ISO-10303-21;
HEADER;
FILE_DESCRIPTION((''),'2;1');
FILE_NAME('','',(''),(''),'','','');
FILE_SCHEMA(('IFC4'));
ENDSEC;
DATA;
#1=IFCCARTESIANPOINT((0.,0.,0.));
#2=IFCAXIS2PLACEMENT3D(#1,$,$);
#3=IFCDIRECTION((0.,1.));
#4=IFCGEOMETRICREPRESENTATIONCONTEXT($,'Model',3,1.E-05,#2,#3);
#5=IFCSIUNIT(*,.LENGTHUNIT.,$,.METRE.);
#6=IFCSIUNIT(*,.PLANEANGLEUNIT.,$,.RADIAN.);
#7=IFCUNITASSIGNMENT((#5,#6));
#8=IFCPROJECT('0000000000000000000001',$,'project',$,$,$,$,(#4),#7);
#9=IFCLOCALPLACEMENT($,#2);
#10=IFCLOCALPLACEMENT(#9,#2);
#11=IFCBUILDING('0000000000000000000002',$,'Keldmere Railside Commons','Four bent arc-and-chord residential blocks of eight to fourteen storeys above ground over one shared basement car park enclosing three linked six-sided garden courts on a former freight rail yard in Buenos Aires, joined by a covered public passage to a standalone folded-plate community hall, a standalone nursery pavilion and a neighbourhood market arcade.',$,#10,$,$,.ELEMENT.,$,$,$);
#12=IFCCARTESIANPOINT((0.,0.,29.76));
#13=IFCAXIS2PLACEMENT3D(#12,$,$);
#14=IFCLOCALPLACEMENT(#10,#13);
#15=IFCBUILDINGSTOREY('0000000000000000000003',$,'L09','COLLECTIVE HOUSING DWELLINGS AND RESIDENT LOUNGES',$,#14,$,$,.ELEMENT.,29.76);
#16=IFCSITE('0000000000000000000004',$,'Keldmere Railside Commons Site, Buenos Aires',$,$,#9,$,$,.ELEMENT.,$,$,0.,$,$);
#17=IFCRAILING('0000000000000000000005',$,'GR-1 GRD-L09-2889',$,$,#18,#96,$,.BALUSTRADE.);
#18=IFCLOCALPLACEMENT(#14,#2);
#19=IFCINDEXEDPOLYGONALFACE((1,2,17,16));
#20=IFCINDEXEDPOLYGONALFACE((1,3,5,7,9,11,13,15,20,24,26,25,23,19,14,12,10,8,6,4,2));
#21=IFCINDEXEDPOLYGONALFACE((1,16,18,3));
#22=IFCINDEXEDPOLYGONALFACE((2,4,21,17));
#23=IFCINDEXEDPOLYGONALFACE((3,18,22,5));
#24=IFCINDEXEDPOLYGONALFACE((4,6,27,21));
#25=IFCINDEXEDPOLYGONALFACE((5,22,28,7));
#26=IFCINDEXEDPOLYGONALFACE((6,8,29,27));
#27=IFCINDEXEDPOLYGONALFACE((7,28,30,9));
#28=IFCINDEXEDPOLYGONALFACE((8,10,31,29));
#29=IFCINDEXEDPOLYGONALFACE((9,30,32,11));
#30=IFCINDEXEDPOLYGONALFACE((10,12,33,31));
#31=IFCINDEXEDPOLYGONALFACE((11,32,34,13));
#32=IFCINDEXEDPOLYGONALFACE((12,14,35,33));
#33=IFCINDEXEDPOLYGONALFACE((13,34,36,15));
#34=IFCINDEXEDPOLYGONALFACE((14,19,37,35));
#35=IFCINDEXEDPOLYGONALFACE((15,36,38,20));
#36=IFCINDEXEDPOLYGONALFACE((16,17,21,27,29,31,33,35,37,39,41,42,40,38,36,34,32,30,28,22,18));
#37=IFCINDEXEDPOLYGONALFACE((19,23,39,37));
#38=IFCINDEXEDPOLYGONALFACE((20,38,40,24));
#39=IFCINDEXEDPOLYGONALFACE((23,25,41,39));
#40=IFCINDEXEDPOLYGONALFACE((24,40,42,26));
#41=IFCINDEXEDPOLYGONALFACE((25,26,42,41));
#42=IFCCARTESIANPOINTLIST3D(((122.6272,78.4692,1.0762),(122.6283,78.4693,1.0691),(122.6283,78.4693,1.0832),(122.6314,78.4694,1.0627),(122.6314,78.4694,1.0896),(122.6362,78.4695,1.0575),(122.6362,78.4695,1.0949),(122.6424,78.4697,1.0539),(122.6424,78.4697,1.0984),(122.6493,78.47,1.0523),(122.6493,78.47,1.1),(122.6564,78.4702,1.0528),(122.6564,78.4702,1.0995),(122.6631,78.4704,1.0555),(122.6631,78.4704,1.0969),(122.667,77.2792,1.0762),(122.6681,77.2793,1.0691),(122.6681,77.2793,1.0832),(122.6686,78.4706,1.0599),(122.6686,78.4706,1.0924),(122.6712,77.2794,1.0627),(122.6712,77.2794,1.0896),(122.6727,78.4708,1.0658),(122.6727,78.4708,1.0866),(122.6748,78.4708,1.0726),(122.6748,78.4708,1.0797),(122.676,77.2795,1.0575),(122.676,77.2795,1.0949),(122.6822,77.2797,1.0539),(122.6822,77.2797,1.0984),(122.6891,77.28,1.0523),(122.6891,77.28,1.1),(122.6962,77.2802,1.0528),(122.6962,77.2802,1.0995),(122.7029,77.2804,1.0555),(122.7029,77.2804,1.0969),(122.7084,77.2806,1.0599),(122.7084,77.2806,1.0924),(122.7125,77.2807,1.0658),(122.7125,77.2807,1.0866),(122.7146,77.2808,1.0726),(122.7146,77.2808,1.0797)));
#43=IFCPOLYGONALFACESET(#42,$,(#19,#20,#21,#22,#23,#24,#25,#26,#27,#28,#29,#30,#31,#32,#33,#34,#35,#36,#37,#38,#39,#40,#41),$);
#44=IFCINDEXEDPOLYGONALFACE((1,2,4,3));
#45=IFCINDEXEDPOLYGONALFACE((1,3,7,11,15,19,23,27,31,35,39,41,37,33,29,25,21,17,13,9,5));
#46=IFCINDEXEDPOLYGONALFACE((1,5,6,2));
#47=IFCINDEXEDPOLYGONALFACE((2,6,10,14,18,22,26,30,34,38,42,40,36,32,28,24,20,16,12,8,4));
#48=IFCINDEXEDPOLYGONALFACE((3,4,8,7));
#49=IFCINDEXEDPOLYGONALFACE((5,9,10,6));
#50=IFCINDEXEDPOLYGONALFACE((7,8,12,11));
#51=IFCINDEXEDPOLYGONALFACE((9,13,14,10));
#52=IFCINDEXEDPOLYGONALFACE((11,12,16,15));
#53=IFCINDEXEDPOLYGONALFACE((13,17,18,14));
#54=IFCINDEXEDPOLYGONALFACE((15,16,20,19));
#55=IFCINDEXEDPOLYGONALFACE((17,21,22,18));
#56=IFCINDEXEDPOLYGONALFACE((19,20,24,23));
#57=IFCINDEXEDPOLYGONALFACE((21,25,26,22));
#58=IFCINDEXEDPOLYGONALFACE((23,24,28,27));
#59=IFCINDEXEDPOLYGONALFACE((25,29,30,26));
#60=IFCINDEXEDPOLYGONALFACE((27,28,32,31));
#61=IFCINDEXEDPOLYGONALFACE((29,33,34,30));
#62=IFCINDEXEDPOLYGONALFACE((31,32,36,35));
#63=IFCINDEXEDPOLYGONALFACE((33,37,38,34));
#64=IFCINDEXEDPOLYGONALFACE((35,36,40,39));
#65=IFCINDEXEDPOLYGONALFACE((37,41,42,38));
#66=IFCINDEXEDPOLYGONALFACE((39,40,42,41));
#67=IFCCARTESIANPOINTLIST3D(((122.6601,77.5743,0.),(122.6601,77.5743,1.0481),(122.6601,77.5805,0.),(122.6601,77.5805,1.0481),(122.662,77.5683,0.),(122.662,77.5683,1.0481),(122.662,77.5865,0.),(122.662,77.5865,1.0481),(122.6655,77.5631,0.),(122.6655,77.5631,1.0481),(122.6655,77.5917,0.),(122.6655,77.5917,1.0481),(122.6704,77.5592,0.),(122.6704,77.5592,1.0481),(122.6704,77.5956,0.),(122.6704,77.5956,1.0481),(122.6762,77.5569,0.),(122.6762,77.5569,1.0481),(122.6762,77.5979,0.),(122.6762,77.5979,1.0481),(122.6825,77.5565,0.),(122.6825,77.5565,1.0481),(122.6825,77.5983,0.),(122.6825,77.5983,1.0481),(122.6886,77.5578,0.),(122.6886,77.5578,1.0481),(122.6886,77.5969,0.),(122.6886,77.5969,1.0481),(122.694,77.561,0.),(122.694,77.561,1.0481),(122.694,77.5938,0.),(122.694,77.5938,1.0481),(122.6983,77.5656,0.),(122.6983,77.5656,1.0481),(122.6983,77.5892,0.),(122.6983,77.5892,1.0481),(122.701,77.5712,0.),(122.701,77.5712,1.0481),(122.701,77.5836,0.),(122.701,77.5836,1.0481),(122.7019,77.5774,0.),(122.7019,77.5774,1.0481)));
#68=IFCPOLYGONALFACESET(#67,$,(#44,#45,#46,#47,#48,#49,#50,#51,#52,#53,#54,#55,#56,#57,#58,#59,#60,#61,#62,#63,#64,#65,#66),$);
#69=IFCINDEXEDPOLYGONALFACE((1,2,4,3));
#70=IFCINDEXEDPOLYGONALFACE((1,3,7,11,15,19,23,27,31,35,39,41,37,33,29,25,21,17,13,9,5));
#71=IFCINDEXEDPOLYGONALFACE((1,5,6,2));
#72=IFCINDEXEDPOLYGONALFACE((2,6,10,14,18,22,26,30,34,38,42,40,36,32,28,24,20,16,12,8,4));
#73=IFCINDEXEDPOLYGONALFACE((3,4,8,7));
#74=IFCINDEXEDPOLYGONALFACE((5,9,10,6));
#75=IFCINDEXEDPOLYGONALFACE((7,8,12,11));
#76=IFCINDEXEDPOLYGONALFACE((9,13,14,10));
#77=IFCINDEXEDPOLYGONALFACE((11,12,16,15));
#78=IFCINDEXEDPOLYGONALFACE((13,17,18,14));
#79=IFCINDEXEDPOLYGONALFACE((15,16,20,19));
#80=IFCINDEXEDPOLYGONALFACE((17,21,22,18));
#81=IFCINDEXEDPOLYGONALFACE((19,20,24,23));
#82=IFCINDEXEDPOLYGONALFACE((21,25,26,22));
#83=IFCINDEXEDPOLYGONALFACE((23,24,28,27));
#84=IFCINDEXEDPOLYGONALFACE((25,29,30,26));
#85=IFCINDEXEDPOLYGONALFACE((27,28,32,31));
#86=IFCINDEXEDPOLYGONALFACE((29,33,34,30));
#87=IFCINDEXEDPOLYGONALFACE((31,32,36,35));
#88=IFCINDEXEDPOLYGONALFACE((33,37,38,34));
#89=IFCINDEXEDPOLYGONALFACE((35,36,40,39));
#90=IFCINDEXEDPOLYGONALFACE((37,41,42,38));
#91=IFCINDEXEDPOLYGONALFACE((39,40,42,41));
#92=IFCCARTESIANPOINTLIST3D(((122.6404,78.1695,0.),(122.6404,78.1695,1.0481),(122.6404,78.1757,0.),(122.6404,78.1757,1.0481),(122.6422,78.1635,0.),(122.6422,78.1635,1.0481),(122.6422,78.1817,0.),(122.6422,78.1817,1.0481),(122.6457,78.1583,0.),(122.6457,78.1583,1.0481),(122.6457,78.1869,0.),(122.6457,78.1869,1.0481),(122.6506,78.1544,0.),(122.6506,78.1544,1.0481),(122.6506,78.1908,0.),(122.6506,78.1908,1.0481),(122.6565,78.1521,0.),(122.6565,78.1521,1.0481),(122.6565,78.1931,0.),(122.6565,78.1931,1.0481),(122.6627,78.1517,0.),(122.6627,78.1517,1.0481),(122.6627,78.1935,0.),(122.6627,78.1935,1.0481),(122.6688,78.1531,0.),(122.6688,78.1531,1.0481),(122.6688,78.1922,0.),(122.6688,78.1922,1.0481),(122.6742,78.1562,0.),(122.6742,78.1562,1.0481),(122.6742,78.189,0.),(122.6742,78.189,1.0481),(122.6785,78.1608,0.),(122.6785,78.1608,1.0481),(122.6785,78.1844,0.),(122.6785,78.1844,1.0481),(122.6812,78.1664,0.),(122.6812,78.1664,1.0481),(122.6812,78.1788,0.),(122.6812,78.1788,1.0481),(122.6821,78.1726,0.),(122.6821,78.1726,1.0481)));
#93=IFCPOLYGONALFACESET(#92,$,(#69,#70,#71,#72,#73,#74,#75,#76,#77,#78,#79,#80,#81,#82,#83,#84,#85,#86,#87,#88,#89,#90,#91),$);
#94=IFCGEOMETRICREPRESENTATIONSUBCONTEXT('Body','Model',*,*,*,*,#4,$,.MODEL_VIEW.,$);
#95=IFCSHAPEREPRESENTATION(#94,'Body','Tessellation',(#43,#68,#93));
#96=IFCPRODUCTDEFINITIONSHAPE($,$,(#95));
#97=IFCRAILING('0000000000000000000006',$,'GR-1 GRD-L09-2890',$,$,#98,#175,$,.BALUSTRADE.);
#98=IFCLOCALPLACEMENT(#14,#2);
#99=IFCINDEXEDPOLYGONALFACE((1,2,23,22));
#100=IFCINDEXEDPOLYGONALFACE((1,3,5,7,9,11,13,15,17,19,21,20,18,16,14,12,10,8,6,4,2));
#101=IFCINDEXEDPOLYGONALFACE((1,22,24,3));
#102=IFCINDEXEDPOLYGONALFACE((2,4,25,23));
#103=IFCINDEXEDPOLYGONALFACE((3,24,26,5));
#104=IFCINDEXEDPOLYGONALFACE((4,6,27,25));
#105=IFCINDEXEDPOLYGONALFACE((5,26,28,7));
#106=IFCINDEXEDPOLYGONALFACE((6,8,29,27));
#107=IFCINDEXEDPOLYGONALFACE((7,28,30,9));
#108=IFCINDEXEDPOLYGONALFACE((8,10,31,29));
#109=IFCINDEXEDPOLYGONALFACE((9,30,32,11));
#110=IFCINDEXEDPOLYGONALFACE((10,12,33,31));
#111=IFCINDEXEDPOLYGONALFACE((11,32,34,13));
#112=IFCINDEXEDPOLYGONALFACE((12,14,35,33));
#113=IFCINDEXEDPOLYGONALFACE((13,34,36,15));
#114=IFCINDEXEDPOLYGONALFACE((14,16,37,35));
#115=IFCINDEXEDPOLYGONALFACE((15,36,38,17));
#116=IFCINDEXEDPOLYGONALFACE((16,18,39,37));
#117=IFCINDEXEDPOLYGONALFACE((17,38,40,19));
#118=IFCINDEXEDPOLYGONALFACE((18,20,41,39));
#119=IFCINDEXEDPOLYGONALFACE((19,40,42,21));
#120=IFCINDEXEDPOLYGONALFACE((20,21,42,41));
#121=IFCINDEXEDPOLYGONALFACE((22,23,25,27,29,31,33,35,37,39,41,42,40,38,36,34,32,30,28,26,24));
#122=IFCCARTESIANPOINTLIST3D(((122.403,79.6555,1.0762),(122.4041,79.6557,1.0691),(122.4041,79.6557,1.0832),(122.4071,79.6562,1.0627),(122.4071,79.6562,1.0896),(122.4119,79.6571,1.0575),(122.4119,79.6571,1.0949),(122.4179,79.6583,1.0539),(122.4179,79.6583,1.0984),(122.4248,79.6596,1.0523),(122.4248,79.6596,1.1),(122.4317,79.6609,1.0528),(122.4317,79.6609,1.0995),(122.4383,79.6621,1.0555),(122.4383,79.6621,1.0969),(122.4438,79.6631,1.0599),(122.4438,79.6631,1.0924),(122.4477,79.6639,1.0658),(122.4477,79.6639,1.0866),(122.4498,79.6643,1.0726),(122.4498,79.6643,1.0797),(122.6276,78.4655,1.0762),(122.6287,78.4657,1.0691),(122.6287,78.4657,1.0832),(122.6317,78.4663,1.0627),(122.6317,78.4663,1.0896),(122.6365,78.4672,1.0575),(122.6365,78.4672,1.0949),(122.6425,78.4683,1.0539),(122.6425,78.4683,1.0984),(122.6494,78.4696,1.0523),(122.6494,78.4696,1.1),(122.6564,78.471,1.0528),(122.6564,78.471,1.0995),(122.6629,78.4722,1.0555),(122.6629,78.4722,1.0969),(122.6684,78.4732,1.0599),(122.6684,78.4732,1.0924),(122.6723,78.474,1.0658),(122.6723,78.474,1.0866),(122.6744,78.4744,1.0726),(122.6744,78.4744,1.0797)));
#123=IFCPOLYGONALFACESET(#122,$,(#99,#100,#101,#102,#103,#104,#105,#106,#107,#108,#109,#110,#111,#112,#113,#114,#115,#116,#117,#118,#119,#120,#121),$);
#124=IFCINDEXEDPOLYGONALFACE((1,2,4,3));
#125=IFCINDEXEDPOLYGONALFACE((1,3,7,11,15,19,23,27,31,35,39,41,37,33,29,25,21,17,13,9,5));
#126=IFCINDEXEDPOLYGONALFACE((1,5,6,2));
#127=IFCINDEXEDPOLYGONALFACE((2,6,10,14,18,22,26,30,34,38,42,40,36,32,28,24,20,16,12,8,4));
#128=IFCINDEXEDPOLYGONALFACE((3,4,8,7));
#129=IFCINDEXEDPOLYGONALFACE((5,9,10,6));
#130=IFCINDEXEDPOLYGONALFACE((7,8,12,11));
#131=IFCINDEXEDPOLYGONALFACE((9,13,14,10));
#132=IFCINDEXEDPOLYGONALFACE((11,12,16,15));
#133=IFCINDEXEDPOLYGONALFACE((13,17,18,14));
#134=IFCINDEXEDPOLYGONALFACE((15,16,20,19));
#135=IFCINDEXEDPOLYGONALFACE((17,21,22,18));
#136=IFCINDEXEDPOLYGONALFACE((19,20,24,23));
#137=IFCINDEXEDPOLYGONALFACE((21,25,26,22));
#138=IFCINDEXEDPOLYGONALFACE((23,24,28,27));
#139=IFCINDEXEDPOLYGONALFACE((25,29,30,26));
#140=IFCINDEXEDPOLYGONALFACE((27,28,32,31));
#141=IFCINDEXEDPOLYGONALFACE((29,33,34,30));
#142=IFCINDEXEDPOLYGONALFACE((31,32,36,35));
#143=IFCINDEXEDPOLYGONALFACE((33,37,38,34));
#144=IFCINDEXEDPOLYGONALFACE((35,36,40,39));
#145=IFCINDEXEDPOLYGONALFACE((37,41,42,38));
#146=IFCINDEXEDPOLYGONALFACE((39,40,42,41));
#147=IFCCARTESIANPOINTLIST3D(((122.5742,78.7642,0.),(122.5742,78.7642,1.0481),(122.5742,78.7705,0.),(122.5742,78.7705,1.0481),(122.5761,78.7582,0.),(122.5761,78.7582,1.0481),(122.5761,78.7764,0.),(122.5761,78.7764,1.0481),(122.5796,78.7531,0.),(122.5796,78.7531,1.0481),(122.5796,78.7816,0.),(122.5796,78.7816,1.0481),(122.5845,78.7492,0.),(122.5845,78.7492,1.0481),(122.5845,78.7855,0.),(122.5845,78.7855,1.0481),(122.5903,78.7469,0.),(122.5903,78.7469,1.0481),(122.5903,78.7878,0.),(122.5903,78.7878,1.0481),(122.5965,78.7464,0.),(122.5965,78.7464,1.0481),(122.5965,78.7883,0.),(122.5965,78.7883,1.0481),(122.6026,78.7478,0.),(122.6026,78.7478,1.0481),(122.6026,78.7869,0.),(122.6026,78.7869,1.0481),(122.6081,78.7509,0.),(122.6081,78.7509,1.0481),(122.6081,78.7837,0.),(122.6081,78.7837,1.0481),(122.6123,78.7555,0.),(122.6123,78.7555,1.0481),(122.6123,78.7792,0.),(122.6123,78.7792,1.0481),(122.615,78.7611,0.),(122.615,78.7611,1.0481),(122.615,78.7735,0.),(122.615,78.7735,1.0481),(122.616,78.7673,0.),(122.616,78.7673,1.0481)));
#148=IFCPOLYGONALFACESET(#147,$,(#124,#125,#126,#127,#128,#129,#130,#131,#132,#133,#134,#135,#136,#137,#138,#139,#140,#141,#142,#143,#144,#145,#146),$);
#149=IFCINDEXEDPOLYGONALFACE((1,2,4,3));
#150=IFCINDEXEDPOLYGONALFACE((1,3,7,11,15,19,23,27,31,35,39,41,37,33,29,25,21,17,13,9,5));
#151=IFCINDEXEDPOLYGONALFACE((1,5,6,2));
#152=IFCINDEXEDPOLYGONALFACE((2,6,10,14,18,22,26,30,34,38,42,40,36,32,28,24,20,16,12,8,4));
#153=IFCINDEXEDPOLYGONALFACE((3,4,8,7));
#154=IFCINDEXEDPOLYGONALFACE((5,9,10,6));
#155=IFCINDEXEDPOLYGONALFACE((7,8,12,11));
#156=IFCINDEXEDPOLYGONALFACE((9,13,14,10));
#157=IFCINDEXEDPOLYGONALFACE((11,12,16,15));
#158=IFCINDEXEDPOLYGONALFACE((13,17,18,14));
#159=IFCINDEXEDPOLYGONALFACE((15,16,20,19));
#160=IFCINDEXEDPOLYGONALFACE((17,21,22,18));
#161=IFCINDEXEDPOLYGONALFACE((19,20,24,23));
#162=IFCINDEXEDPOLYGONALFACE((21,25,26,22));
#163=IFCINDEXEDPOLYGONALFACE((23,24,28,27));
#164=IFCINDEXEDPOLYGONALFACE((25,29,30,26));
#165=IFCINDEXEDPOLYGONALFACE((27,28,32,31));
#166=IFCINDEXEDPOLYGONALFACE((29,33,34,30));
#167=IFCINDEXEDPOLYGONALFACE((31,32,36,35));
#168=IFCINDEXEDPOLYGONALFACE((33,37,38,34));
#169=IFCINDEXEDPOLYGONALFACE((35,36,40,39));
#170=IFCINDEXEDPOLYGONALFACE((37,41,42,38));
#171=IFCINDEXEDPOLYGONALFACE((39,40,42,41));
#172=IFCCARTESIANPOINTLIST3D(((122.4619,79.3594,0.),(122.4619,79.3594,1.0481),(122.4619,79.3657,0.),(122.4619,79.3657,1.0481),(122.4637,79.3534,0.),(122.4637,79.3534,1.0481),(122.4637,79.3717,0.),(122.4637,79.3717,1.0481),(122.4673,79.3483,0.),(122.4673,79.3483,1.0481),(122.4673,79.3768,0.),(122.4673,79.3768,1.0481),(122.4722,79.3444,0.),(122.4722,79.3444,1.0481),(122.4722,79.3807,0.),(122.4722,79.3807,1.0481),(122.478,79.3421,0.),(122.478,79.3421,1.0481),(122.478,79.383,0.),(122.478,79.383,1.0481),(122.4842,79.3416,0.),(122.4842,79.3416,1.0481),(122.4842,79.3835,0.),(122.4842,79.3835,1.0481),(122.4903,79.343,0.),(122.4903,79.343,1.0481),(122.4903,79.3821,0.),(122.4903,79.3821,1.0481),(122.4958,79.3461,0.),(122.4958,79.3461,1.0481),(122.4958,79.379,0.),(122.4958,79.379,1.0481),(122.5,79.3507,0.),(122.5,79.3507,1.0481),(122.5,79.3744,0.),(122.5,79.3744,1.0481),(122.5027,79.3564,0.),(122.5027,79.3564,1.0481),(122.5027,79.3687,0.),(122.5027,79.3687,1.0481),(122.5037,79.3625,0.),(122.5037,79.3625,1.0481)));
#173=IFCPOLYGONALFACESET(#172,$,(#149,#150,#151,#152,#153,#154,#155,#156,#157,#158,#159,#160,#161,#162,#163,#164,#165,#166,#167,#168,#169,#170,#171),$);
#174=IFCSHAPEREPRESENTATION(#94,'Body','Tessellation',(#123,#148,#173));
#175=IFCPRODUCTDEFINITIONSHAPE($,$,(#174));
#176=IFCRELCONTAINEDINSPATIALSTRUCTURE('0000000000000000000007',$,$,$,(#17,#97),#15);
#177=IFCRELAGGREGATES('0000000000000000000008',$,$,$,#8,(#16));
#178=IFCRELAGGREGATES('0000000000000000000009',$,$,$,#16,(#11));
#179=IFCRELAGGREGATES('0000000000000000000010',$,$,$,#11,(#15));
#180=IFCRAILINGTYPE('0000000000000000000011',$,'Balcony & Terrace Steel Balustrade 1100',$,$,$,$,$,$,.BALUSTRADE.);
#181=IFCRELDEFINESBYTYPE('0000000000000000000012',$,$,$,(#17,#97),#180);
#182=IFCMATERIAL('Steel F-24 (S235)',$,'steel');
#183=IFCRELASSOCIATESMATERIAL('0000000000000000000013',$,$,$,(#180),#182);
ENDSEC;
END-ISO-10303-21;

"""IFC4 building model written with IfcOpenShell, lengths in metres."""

from ifc_helpers import new_model, si_unit, direction, frame, origin, origin_2d, place, context, subcontext, project, spatial, circle, extrude, material, type_object, element, save


model = new_model("IFC4")

# Units and contexts
model_context = context("Model", 3, precision=1e-05, world=origin(), true_north=direction((0.0, 1.0)))
body_context = subcontext(model_context, "Body", "Model", "MODEL_VIEW")
ifc_project = project(units=[si_unit("LENGTHUNIT", "METRE"), si_unit("PLANEANGLEUNIT", "RADIAN")], contexts=[model_context])

# Site, building, storey
site_placement = place(None, origin())
site = spatial("IfcSite", under=ifc_project, at=site_placement, Name="Keldmere Railside Commons Site, Buenos Aires", CompositionType="ELEMENT", RefElevation=0.0)
building_placement = place(site_placement, origin())
building = spatial("IfcBuilding", under=site, at=building_placement, Name="Keldmere Railside Commons", Description="Four bent arc-and-chord residential blocks of eight to fourteen storeys above ground over one shared basement car park enclosing three linked six-sided garden courts on a former freight rail yard in Buenos Aires, joined by a covered public passage to a standalone folded-plate community hall, a standalone nursery pavilion and a neighbourhood market arcade.", CompositionType="ELEMENT")
storey_placement = place(building_placement, frame((0.0, 0.0, 29.76)))
storey = spatial("IfcBuildingStorey", under=building, at=storey_placement, Name="L09", Description="COLLECTIVE HOUSING DWELLINGS AND RESIDENT LOUNGES", CompositionType="ELEMENT", Elevation=29.76)

# Railings
ifc_material_1 = material(Name="Steel F-24 (S235)", Category="steel")
railing_type = type_object("IfcRailingType", Name="Balcony & Terrace Steel Balustrade 1100", PredefinedType="BALUSTRADE", material=ifc_material_1)
railing_1_placement = place(storey_placement, frame((122.6909, 77.28, 0.0)))
element("IfcRailing", 1, at=railing_1_placement, inside=storey, type_object=railing_type, Name="GR-1 GRD-L09-2889", PredefinedType="BALUSTRADE", context=body_context, shape_type="SweptSolid", body=[
    extrude(circle(Radius=0.0239, at=origin_2d()), frame((0.0, 0.0, 1.0762), z_axis=(-0.033424, 0.999441, 0.0), x_axis=(-0.999441, -0.033424, 0.0)), (0.0, 0.0, 1.0), 1.1907),
    extrude(circle(Radius=0.021, at=origin_2d()), frame((-0.01, 0.2974, 0.0)), (0.0, 0.0, 1.0), 1.0481),
    extrude(circle(Radius=0.021, at=origin_2d()), frame((-0.0298, 0.8926, 0.0)), (0.0, 0.0, 1.0), 1.0481),
])
railing_2_placement = place(storey_placement, frame((122.6511, 78.47, 0.0)))
element("IfcRailing", 2, at=railing_2_placement, inside=storey, type_object=railing_type, Name="GR-1 GRD-L09-2890", PredefinedType="BALUSTRADE", context=body_context, shape_type="SweptSolid", body=[
    extrude(circle(Radius=0.0239, at=origin_2d()), frame((0.0, 0.0, 1.0762), z_axis=(-0.185481, 0.982648, 0.0), x_axis=(-0.982648, -0.185481, 0.0)), (0.0, 0.0, 1.0), 1.2109),
    extrude(circle(Radius=0.021, at=origin_2d()), frame((-0.0562, 0.2974, 0.0)), (0.0, 0.0, 1.0), 1.0481),
    extrude(circle(Radius=0.021, at=origin_2d()), frame((-0.1685, 0.8926, 0.0)), (0.0, 0.0, 1.0), 1.0481),
])

save(model, "model.ifc")
